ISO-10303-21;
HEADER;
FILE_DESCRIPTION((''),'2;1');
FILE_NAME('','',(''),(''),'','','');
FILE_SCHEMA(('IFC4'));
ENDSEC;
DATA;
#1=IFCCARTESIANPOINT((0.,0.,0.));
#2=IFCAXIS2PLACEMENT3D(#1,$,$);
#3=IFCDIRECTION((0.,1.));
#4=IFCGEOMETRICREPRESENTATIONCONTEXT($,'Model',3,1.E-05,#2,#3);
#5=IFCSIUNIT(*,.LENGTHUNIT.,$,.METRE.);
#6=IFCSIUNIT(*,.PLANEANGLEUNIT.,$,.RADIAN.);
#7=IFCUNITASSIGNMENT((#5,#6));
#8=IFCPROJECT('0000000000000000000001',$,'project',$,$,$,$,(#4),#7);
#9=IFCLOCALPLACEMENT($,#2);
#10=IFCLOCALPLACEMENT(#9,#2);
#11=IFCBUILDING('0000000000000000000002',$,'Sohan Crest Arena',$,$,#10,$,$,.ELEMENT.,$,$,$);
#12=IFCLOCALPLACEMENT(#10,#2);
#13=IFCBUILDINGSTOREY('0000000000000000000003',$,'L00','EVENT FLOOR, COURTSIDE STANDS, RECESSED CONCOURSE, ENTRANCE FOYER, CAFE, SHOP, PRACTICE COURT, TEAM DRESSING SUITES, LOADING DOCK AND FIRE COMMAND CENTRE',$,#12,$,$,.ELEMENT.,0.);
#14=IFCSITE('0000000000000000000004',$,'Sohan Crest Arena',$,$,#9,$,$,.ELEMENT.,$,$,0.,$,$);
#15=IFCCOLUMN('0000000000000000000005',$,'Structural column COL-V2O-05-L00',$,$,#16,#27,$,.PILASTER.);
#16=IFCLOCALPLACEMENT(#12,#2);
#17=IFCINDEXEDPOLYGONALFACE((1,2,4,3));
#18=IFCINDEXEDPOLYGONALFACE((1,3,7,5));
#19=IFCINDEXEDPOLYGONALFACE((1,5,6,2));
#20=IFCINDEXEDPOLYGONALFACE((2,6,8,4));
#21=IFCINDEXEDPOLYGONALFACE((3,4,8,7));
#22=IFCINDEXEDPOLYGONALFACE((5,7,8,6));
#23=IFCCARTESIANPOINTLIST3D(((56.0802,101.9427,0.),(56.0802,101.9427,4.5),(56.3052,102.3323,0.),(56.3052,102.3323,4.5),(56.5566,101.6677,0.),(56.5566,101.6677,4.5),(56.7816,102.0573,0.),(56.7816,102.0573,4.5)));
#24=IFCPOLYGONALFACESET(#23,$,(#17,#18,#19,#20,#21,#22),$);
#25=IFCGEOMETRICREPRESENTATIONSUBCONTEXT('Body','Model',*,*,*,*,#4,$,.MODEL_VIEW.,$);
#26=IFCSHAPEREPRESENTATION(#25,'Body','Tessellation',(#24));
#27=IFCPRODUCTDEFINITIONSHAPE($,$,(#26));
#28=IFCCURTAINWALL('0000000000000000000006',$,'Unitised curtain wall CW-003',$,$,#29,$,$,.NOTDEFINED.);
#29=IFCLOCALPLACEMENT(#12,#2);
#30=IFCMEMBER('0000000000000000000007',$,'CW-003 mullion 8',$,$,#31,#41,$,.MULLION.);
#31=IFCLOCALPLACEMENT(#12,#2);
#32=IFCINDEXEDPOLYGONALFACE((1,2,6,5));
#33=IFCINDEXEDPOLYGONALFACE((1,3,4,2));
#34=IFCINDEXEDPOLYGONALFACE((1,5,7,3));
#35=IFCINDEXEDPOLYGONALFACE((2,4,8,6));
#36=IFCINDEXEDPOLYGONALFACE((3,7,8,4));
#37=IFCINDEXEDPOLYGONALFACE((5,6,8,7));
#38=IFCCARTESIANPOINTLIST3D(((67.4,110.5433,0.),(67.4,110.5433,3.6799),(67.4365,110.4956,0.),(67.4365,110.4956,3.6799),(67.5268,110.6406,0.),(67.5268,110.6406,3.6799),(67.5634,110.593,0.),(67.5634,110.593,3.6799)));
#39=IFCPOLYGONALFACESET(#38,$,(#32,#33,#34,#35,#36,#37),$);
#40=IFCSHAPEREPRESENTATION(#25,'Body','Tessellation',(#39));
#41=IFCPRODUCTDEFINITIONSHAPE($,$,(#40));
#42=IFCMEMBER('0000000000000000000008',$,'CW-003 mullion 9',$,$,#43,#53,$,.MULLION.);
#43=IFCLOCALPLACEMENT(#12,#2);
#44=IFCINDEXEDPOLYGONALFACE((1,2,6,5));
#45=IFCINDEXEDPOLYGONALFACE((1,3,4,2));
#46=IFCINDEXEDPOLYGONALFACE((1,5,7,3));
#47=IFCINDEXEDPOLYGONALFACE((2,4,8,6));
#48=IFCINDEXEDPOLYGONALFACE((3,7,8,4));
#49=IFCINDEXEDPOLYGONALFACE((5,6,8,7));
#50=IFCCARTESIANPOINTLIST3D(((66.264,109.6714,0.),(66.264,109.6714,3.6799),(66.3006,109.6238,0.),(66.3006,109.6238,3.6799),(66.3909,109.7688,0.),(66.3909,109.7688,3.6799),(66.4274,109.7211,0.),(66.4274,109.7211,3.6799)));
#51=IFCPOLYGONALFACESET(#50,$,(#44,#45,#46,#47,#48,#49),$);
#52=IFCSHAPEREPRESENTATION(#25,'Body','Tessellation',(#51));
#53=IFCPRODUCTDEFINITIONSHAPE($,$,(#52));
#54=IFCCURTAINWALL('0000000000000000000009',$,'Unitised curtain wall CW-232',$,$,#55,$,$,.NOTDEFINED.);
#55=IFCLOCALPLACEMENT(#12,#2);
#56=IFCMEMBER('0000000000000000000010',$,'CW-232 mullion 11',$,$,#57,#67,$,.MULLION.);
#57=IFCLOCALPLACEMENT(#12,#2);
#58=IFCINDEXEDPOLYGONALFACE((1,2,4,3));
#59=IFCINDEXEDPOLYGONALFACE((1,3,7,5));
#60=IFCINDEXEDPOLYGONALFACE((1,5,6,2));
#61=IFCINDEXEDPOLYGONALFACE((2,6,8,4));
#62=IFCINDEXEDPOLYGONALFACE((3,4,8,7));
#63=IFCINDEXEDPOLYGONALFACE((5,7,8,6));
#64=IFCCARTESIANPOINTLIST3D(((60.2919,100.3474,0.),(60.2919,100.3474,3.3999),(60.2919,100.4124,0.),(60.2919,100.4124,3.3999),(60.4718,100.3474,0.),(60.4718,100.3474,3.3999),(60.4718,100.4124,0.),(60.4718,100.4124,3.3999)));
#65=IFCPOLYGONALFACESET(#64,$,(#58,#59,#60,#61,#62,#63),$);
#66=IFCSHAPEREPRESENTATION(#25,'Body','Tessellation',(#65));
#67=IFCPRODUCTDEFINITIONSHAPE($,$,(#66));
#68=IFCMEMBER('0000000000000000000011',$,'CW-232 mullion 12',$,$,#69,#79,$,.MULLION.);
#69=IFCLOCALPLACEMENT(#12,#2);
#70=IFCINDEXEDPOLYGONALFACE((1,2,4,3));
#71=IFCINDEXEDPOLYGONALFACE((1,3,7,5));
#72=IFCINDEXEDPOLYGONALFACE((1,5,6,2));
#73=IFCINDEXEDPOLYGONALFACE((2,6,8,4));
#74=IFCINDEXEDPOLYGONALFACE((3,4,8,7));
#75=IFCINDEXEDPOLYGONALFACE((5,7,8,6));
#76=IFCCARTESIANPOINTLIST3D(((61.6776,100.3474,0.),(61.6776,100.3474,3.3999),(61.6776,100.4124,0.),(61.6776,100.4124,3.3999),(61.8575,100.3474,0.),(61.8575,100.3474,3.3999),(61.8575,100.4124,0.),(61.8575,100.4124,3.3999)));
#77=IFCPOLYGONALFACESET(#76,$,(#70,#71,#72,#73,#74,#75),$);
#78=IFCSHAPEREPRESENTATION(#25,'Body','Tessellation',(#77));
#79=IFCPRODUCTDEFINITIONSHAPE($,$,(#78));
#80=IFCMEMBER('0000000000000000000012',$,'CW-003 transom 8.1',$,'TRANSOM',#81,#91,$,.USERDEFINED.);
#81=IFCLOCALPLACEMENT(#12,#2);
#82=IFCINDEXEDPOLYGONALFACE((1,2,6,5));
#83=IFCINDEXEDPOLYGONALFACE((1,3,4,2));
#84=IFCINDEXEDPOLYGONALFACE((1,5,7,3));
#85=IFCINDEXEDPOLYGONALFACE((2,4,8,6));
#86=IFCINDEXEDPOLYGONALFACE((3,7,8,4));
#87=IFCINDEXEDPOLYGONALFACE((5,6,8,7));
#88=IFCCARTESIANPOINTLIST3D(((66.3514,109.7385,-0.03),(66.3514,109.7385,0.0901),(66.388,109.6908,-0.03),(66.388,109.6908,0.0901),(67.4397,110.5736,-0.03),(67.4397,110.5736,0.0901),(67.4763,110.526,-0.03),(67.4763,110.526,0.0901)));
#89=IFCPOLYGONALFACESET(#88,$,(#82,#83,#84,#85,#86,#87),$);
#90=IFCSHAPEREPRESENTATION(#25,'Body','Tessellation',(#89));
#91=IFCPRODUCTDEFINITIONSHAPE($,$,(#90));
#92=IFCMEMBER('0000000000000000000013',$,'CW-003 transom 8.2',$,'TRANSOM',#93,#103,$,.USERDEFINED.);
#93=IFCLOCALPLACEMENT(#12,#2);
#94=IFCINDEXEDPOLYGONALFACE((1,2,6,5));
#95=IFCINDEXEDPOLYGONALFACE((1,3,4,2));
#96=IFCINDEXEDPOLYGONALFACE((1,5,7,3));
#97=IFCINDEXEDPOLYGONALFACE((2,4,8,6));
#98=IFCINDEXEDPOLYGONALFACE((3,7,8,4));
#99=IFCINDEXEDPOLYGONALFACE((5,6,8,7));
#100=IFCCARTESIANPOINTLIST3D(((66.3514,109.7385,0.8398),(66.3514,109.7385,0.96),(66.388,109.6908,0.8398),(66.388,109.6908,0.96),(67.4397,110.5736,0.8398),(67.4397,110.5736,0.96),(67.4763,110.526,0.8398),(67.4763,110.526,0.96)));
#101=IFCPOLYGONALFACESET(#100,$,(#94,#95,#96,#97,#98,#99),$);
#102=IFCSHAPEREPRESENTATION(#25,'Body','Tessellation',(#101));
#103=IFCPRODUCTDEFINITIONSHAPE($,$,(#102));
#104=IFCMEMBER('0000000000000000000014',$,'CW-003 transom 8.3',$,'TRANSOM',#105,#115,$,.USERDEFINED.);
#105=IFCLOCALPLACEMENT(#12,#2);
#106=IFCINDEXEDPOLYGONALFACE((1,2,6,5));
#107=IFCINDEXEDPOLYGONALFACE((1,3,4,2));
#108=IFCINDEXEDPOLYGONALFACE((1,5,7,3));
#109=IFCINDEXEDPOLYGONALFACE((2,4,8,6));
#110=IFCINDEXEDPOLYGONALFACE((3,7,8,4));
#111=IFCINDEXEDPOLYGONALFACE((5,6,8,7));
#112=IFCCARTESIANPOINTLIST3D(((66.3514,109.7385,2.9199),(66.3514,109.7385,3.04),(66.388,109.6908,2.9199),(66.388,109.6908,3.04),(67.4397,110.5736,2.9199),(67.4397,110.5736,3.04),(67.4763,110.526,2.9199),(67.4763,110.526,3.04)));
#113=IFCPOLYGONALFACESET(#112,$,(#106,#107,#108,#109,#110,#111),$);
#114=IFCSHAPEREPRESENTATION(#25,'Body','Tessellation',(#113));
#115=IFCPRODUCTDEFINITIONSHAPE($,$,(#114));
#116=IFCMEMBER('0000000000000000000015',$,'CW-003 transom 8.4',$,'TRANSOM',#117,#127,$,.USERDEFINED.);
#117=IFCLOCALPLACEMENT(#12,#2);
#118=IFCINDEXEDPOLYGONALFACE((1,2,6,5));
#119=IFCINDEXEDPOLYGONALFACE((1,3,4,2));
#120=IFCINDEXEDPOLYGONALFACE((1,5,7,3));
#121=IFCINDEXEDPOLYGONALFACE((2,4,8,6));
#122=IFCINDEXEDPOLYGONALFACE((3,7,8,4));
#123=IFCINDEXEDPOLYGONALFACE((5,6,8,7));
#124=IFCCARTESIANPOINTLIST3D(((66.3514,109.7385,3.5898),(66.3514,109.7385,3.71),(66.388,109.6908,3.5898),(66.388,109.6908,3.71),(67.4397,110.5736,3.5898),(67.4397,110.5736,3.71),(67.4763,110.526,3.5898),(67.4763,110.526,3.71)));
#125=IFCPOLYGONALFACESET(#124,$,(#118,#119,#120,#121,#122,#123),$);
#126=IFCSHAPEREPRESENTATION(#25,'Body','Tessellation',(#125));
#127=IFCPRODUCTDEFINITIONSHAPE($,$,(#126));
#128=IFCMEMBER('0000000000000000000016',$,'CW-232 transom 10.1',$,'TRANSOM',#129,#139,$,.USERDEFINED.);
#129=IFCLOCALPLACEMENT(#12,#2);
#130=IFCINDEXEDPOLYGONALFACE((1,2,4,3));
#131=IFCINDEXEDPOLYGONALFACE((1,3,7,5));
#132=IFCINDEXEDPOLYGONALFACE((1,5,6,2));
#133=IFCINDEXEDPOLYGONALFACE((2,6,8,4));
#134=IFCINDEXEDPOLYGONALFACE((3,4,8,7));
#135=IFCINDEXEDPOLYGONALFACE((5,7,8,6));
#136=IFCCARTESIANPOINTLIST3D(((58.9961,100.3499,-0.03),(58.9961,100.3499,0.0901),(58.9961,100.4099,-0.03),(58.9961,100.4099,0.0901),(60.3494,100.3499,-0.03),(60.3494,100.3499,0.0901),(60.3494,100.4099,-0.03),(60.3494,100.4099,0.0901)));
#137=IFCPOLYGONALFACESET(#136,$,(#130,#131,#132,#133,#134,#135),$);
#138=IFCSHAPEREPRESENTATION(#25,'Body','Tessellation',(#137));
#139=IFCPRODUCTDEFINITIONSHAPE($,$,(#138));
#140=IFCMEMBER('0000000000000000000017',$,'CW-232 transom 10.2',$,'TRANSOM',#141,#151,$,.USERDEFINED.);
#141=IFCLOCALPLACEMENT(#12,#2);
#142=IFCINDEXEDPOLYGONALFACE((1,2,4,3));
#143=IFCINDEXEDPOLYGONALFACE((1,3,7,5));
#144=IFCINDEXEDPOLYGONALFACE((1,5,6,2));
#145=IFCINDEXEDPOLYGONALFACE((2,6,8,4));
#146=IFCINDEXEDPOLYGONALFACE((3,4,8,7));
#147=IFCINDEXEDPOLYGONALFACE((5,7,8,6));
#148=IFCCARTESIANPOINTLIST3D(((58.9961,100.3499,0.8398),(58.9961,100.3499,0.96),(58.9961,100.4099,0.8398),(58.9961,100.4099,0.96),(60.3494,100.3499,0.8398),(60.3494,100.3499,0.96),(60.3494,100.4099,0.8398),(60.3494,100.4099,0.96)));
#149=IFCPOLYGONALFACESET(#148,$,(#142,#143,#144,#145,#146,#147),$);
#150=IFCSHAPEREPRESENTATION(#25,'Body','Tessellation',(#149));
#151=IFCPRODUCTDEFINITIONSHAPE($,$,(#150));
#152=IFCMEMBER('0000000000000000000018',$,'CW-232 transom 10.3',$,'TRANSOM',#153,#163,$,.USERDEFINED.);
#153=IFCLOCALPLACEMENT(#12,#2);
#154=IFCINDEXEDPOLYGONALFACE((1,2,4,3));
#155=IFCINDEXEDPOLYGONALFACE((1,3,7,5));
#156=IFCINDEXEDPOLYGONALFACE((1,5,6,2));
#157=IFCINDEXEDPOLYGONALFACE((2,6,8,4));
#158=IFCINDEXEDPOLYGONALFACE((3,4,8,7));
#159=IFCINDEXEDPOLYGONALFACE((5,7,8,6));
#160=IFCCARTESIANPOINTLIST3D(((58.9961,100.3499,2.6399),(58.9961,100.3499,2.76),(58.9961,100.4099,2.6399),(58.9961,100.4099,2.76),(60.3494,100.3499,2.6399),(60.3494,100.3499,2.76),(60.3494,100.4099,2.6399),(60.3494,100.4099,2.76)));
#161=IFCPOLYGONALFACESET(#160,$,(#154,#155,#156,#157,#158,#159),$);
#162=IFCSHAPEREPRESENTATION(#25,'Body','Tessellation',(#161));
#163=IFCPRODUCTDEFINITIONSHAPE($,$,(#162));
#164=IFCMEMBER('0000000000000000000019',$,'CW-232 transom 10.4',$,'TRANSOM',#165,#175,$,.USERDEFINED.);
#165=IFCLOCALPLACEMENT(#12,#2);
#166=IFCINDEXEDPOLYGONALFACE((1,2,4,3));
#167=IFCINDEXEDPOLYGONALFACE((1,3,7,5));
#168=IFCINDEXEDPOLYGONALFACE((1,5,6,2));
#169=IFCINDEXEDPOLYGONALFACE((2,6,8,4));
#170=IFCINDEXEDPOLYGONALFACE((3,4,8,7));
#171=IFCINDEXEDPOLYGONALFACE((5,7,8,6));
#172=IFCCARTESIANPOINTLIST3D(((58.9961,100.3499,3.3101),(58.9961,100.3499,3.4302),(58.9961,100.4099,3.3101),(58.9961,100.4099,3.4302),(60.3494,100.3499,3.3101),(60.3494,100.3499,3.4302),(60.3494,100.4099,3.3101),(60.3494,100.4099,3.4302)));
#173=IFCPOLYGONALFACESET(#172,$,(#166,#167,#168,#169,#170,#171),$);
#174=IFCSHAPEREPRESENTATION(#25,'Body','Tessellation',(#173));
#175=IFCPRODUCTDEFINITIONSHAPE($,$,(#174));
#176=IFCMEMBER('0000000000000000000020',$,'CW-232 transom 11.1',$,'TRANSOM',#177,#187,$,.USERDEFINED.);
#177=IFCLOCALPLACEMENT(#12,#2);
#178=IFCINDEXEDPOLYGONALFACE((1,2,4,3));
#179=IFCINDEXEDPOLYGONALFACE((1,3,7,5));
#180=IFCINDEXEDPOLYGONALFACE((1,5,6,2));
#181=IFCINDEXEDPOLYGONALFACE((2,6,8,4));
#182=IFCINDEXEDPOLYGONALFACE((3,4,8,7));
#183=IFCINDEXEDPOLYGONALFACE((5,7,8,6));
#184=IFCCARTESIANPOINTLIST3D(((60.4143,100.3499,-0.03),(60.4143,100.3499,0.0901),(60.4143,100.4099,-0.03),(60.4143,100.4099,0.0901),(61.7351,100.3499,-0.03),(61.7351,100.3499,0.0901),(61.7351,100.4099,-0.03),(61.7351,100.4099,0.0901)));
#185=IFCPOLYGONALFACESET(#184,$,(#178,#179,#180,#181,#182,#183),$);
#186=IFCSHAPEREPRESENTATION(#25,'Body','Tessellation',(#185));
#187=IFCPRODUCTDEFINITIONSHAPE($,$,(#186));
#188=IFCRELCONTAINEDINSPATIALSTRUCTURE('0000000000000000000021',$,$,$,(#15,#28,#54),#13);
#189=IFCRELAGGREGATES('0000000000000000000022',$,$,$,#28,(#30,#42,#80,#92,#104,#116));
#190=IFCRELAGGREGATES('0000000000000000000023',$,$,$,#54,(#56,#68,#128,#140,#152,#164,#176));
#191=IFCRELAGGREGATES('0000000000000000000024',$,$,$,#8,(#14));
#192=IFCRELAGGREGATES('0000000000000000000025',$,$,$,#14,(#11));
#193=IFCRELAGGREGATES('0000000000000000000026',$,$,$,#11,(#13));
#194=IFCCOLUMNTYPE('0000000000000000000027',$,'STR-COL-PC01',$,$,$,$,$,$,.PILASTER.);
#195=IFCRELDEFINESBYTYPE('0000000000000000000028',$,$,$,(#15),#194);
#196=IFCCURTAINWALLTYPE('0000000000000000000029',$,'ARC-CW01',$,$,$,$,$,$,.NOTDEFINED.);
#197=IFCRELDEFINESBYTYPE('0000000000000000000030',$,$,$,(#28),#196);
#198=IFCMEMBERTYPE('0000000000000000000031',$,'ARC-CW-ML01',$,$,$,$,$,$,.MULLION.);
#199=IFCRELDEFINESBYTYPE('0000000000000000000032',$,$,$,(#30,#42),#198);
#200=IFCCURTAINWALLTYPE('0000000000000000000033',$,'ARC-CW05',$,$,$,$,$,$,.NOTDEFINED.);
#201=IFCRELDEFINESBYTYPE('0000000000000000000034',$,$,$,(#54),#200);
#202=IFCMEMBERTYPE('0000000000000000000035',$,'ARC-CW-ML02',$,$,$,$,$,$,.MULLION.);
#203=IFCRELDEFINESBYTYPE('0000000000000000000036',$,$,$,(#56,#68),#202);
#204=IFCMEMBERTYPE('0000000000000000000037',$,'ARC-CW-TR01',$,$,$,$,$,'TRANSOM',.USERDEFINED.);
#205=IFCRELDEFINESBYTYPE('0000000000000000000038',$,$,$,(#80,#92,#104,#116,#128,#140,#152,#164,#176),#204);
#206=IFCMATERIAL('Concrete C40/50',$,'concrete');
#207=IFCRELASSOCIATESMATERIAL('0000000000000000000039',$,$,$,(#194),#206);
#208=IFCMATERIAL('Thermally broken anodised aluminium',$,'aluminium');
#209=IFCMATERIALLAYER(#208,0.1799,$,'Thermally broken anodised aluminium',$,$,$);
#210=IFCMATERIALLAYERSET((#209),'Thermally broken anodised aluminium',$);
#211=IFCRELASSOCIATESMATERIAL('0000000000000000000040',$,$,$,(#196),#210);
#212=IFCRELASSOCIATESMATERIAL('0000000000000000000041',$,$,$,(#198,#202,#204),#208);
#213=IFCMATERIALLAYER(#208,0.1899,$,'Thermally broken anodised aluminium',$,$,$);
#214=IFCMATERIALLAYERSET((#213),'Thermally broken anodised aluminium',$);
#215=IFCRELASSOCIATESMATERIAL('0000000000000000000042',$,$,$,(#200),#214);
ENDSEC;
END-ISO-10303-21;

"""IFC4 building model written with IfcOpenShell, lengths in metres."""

from ifc_helpers import new_model, si_unit, direction, frame, origin, origin_2d, place, context, subcontext, project, spatial, rectangle, extrude, material, layer, layer_set, material_profile, profile_set, type_object, element, aggregate, save


model = new_model("IFC4")

# Units and contexts
model_context = context("Model", 3, precision=1e-05, world=origin(), true_north=direction((0.0, 1.0)))
body_context = subcontext(model_context, "Body", "Model", "MODEL_VIEW")
ifc_project = project(units=[si_unit("LENGTHUNIT", "METRE"), si_unit("PLANEANGLEUNIT", "RADIAN")], contexts=[model_context])

# Site, building, storey
site_placement = place(None, origin())
site = spatial("IfcSite", under=ifc_project, at=site_placement, Name="Sohan Crest Arena", CompositionType="ELEMENT", RefElevation=0.0)
building_placement = place(site_placement, origin())
building = spatial("IfcBuilding", under=site, at=building_placement, Name="Sohan Crest Arena", CompositionType="ELEMENT")
storey_placement = place(building_placement, origin())
storey = spatial("IfcBuildingStorey", under=building, at=storey_placement, Name="L00", Description="EVENT FLOOR, COURTSIDE STANDS, RECESSED CONCOURSE, ENTRANCE FOYER, CAFE, SHOP, PRACTICE COURT, TEAM DRESSING SUITES, LOADING DOCK AND FIRE COMMAND CENTRE", CompositionType="ELEMENT", Elevation=0.0)

# Column
ifc_material_1 = material(Name="Concrete C40/50", Category="concrete")
ifc_material_profile_1 = material_profile(ifc_material_1, rectangle(XDim=0.55, YDim=0.45, at=origin_2d()), Name="RC 550x450")
ifc_profile_set_1 = profile_set([ifc_material_profile_1], Name="Concrete C40/50")
column_type = type_object("IfcColumnType", Name="STR-COL-PC01", PredefinedType="PILASTER", material=ifc_profile_set_1)
column_placement = place(storey_placement, frame((56.4309, 102.0, 0.0), z_axis=(0.0, 0.0, 1.0), x_axis=(-0.866025, 0.5, 0.0)))
element("IfcColumn", 1, at=column_placement, inside=storey, type_object=column_type, Name="Structural column COL-V2O-05-L00", PredefinedType="PILASTER", context=body_context, shape_type="SweptSolid", body=[
    extrude(rectangle(XDim=0.55, YDim=0.45, at=origin_2d()), origin(), (0.0, 0.0, 1.0), 4.5),
])

# Curtain walls, members
ifc_material_2 = material(Name="Thermally broken anodised aluminium", Category="aluminium")
ifc_layer_1 = layer(ifc_material_2, 0.1799, Name="Thermally broken anodised aluminium")
ifc_layer_set_1 = layer_set([ifc_layer_1], Name="Thermally broken anodised aluminium")
curtain_wall_type_1 = type_object("IfcCurtainWallType", Name="ARC-CW01", PredefinedType="NOTDEFINED", material=ifc_layer_set_1)
curtain_wall_1_placement = place(storey_placement, origin())
curtain_wall_1 = element("IfcCurtainWall", 2, at=curtain_wall_1_placement, inside=storey, type_object=curtain_wall_type_1, Name="Unitised curtain wall CW-003", PredefinedType="NOTDEFINED")
ifc_material_profile_2 = material_profile(ifc_material_2, rectangle(XDim=0.0601, YDim=0.1599, at=origin_2d()), Name="ALU-MULL 60x160")
ifc_profile_set_2 = profile_set([ifc_material_profile_2], Name="Thermally broken anodised aluminium")
member_type_1 = type_object("IfcMemberType", Name="ARC-CW-ML01", PredefinedType="MULLION", material=ifc_profile_set_2)
member_1_placement = place(storey_placement, frame((67.4817, 110.5681, 0.0), z_axis=(0.0, 0.0, 1.0), x_axis=(0.608801, -0.793323, 0.0)))
member_1 = element("IfcMember", 3, at=member_1_placement, type_object=member_type_1, Name="CW-003 mullion 8", PredefinedType="MULLION", context=body_context, shape_type="SweptSolid", body=[
    extrude(rectangle(XDim=0.0601, YDim=0.1599, at=origin_2d()), origin(), (0.0, 0.0, 1.0), 3.6799),
])
member_2_placement = place(storey_placement, frame((66.3457, 109.6963, 0.0), z_axis=(0.0, 0.0, 1.0), x_axis=(0.608801, -0.793323, 0.0)))
member_2 = element("IfcMember", 4, at=member_2_placement, type_object=member_type_1, Name="CW-003 mullion 9", PredefinedType="MULLION", context=body_context, shape_type="SweptSolid", body=[
    extrude(rectangle(XDim=0.0601, YDim=0.1599, at=origin_2d()), origin(), (0.0, 0.0, 1.0), 3.6799),
])
ifc_layer_2 = layer(ifc_material_2, 0.1899, Name="Thermally broken anodised aluminium")
ifc_layer_set_2 = layer_set([ifc_layer_2], Name="Thermally broken anodised aluminium")
curtain_wall_type_2 = type_object("IfcCurtainWallType", Name="ARC-CW05", PredefinedType="NOTDEFINED", material=ifc_layer_set_2)
curtain_wall_2_placement = place(storey_placement, origin())
curtain_wall_2 = element("IfcCurtainWall", 5, at=curtain_wall_2_placement, inside=storey, type_object=curtain_wall_type_2, Name="Unitised curtain wall CW-232", PredefinedType="NOTDEFINED")
ifc_material_profile_3 = material_profile(ifc_material_2, rectangle(XDim=0.0649, YDim=0.1799, at=origin_2d()), Name="ALU-MULL 65x180")
ifc_profile_set_3 = profile_set([ifc_material_profile_3], Name="Thermally broken anodised aluminium")
member_type_2 = type_object("IfcMemberType", Name="ARC-CW-ML02", PredefinedType="MULLION", material=ifc_profile_set_3)
member_3_placement = place(storey_placement, frame((60.3818, 100.3799, 0.0), z_axis=(0.0, 0.0, 1.0), x_axis=(0.0, 1.0, 0.0)))
member_3 = element("IfcMember", 6, at=member_3_placement, type_object=member_type_2, Name="CW-232 mullion 11", PredefinedType="MULLION", context=body_context, shape_type="SweptSolid", body=[
    extrude(rectangle(XDim=0.0649, YDim=0.1799, at=origin_2d()), origin(), (0.0, 0.0, 1.0), 3.3999),
])
member_4_placement = place(storey_placement, frame((61.7676, 100.3799, 0.0), z_axis=(0.0, 0.0, 1.0), x_axis=(0.0, 1.0, 0.0)))
member_4 = element("IfcMember", 7, at=member_4_placement, type_object=member_type_2, Name="CW-232 mullion 12", PredefinedType="MULLION", context=body_context, shape_type="SweptSolid", body=[
    extrude(rectangle(XDim=0.0649, YDim=0.1799, at=origin_2d()), origin(), (0.0, 0.0, 1.0), 3.3999),
])

# Members
ifc_material_profile_4 = material_profile(ifc_material_2, rectangle(XDim=0.0601, YDim=0.1201, at=origin_2d()), Name="ALU-TRAN 60x120")
ifc_profile_set_4 = profile_set([ifc_material_profile_4], Name="Thermally broken anodised aluminium")
member_type_3 = type_object("IfcMemberType", Name="ARC-CW-TR01", ElementType="TRANSOM", PredefinedType="USERDEFINED", material=ifc_profile_set_4)
member_5_placement = place(storey_placement, frame((67.458, 110.5498, 0.03), z_axis=(-0.793331, -0.60879, 0.0), x_axis=(0.60879, -0.793331, 0.0)))
member_5 = element("IfcMember", 8, at=member_5_placement, type_object=member_type_3, Name="CW-003 transom 8.1", ObjectType="TRANSOM", PredefinedType="USERDEFINED", context=body_context, shape_type="SweptSolid", body=[
    extrude(rectangle(XDim=0.0601, YDim=0.1201, at=origin_2d()), origin(), (0.0, 0.0, 1.0), 1.3718),
])
member_6_placement = place(storey_placement, frame((67.458, 110.5498, 0.8999), z_axis=(-0.793331, -0.60879, 0.0), x_axis=(0.60879, -0.793331, 0.0)))
member_6 = element("IfcMember", 9, at=member_6_placement, type_object=member_type_3, Name="CW-003 transom 8.2", ObjectType="TRANSOM", PredefinedType="USERDEFINED", context=body_context, shape_type="SweptSolid", body=[
    extrude(rectangle(XDim=0.0601, YDim=0.1201, at=origin_2d()), origin(), (0.0, 0.0, 1.0), 1.3718),
])
member_7_placement = place(storey_placement, frame((67.458, 110.5498, 2.98), z_axis=(-0.793331, -0.60879, 0.0), x_axis=(0.60879, -0.793331, 0.0)))
member_7 = element("IfcMember", 10, at=member_7_placement, type_object=member_type_3, Name="CW-003 transom 8.3", ObjectType="TRANSOM", PredefinedType="USERDEFINED", context=body_context, shape_type="SweptSolid", body=[
    extrude(rectangle(XDim=0.0601, YDim=0.1201, at=origin_2d()), origin(), (0.0, 0.0, 1.0), 1.3718),
])
member_8_placement = place(storey_placement, frame((67.458, 110.5498, 3.6499), z_axis=(-0.793331, -0.60879, 0.0), x_axis=(0.60879, -0.793331, 0.0)))
member_8 = element("IfcMember", 11, at=member_8_placement, type_object=member_type_3, Name="CW-003 transom 8.4", ObjectType="TRANSOM", PredefinedType="USERDEFINED", context=body_context, shape_type="SweptSolid", body=[
    extrude(rectangle(XDim=0.0601, YDim=0.1201, at=origin_2d()), origin(), (0.0, 0.0, 1.0), 1.3718),
])
member_9_placement = place(storey_placement, frame((58.9961, 100.3799, 0.03), z_axis=(1.0, 0.0, 0.0), x_axis=(0.0, 1.0, 0.0)))
member_9 = element("IfcMember", 12, at=member_9_placement, type_object=member_type_3, Name="CW-232 transom 10.1", ObjectType="TRANSOM", PredefinedType="USERDEFINED", context=body_context, shape_type="SweptSolid", body=[
    extrude(rectangle(XDim=0.0601, YDim=0.1201, at=origin_2d()), origin(), (0.0, 0.0, 1.0), 1.3533),
])
member_10_placement = place(storey_placement, frame((58.9961, 100.3799, 0.8999), z_axis=(1.0, 0.0, 0.0), x_axis=(0.0, 1.0, 0.0)))
member_10 = element("IfcMember", 13, at=member_10_placement, type_object=member_type_3, Name="CW-232 transom 10.2", ObjectType="TRANSOM", PredefinedType="USERDEFINED", context=body_context, shape_type="SweptSolid", body=[
    extrude(rectangle(XDim=0.0601, YDim=0.1201, at=origin_2d()), origin(), (0.0, 0.0, 1.0), 1.3533),
])
member_11_placement = place(storey_placement, frame((58.9961, 100.3799, 2.7), z_axis=(1.0, 0.0, 0.0), x_axis=(0.0, 1.0, 0.0)))
member_11 = element("IfcMember", 14, at=member_11_placement, type_object=member_type_3, Name="CW-232 transom 10.3", ObjectType="TRANSOM", PredefinedType="USERDEFINED", context=body_context, shape_type="SweptSolid", body=[
    extrude(rectangle(XDim=0.0601, YDim=0.1201, at=origin_2d()), origin(), (0.0, 0.0, 1.0), 1.3533),
])
member_12_placement = place(storey_placement, frame((58.9961, 100.3799, 3.3701), z_axis=(1.0, 0.0, 0.0), x_axis=(0.0, 1.0, 0.0)))
member_12 = element("IfcMember", 15, at=member_12_placement, type_object=member_type_3, Name="CW-232 transom 10.4", ObjectType="TRANSOM", PredefinedType="USERDEFINED", context=body_context, shape_type="SweptSolid", body=[
    extrude(rectangle(XDim=0.0601, YDim=0.1201, at=origin_2d()), origin(), (0.0, 0.0, 1.0), 1.3533),
])
member_13_placement = place(storey_placement, frame((60.4143, 100.3799, 0.03), z_axis=(1.0, 0.0, 0.0), x_axis=(0.0, 1.0, 0.0)))
member_13 = element("IfcMember", 16, at=member_13_placement, type_object=member_type_3, Name="CW-232 transom 11.1", ObjectType="TRANSOM", PredefinedType="USERDEFINED", context=body_context, shape_type="SweptSolid", body=[
    extrude(rectangle(XDim=0.0601, YDim=0.1201, at=origin_2d()), origin(), (0.0, 0.0, 1.0), 1.3208),
])

aggregate(curtain_wall_1, [member_1, member_2, member_5, member_6, member_7, member_8])
aggregate(curtain_wall_2, [member_3, member_4, member_9, member_10, member_11, member_12, member_13])

save(model, "model.ifc")
